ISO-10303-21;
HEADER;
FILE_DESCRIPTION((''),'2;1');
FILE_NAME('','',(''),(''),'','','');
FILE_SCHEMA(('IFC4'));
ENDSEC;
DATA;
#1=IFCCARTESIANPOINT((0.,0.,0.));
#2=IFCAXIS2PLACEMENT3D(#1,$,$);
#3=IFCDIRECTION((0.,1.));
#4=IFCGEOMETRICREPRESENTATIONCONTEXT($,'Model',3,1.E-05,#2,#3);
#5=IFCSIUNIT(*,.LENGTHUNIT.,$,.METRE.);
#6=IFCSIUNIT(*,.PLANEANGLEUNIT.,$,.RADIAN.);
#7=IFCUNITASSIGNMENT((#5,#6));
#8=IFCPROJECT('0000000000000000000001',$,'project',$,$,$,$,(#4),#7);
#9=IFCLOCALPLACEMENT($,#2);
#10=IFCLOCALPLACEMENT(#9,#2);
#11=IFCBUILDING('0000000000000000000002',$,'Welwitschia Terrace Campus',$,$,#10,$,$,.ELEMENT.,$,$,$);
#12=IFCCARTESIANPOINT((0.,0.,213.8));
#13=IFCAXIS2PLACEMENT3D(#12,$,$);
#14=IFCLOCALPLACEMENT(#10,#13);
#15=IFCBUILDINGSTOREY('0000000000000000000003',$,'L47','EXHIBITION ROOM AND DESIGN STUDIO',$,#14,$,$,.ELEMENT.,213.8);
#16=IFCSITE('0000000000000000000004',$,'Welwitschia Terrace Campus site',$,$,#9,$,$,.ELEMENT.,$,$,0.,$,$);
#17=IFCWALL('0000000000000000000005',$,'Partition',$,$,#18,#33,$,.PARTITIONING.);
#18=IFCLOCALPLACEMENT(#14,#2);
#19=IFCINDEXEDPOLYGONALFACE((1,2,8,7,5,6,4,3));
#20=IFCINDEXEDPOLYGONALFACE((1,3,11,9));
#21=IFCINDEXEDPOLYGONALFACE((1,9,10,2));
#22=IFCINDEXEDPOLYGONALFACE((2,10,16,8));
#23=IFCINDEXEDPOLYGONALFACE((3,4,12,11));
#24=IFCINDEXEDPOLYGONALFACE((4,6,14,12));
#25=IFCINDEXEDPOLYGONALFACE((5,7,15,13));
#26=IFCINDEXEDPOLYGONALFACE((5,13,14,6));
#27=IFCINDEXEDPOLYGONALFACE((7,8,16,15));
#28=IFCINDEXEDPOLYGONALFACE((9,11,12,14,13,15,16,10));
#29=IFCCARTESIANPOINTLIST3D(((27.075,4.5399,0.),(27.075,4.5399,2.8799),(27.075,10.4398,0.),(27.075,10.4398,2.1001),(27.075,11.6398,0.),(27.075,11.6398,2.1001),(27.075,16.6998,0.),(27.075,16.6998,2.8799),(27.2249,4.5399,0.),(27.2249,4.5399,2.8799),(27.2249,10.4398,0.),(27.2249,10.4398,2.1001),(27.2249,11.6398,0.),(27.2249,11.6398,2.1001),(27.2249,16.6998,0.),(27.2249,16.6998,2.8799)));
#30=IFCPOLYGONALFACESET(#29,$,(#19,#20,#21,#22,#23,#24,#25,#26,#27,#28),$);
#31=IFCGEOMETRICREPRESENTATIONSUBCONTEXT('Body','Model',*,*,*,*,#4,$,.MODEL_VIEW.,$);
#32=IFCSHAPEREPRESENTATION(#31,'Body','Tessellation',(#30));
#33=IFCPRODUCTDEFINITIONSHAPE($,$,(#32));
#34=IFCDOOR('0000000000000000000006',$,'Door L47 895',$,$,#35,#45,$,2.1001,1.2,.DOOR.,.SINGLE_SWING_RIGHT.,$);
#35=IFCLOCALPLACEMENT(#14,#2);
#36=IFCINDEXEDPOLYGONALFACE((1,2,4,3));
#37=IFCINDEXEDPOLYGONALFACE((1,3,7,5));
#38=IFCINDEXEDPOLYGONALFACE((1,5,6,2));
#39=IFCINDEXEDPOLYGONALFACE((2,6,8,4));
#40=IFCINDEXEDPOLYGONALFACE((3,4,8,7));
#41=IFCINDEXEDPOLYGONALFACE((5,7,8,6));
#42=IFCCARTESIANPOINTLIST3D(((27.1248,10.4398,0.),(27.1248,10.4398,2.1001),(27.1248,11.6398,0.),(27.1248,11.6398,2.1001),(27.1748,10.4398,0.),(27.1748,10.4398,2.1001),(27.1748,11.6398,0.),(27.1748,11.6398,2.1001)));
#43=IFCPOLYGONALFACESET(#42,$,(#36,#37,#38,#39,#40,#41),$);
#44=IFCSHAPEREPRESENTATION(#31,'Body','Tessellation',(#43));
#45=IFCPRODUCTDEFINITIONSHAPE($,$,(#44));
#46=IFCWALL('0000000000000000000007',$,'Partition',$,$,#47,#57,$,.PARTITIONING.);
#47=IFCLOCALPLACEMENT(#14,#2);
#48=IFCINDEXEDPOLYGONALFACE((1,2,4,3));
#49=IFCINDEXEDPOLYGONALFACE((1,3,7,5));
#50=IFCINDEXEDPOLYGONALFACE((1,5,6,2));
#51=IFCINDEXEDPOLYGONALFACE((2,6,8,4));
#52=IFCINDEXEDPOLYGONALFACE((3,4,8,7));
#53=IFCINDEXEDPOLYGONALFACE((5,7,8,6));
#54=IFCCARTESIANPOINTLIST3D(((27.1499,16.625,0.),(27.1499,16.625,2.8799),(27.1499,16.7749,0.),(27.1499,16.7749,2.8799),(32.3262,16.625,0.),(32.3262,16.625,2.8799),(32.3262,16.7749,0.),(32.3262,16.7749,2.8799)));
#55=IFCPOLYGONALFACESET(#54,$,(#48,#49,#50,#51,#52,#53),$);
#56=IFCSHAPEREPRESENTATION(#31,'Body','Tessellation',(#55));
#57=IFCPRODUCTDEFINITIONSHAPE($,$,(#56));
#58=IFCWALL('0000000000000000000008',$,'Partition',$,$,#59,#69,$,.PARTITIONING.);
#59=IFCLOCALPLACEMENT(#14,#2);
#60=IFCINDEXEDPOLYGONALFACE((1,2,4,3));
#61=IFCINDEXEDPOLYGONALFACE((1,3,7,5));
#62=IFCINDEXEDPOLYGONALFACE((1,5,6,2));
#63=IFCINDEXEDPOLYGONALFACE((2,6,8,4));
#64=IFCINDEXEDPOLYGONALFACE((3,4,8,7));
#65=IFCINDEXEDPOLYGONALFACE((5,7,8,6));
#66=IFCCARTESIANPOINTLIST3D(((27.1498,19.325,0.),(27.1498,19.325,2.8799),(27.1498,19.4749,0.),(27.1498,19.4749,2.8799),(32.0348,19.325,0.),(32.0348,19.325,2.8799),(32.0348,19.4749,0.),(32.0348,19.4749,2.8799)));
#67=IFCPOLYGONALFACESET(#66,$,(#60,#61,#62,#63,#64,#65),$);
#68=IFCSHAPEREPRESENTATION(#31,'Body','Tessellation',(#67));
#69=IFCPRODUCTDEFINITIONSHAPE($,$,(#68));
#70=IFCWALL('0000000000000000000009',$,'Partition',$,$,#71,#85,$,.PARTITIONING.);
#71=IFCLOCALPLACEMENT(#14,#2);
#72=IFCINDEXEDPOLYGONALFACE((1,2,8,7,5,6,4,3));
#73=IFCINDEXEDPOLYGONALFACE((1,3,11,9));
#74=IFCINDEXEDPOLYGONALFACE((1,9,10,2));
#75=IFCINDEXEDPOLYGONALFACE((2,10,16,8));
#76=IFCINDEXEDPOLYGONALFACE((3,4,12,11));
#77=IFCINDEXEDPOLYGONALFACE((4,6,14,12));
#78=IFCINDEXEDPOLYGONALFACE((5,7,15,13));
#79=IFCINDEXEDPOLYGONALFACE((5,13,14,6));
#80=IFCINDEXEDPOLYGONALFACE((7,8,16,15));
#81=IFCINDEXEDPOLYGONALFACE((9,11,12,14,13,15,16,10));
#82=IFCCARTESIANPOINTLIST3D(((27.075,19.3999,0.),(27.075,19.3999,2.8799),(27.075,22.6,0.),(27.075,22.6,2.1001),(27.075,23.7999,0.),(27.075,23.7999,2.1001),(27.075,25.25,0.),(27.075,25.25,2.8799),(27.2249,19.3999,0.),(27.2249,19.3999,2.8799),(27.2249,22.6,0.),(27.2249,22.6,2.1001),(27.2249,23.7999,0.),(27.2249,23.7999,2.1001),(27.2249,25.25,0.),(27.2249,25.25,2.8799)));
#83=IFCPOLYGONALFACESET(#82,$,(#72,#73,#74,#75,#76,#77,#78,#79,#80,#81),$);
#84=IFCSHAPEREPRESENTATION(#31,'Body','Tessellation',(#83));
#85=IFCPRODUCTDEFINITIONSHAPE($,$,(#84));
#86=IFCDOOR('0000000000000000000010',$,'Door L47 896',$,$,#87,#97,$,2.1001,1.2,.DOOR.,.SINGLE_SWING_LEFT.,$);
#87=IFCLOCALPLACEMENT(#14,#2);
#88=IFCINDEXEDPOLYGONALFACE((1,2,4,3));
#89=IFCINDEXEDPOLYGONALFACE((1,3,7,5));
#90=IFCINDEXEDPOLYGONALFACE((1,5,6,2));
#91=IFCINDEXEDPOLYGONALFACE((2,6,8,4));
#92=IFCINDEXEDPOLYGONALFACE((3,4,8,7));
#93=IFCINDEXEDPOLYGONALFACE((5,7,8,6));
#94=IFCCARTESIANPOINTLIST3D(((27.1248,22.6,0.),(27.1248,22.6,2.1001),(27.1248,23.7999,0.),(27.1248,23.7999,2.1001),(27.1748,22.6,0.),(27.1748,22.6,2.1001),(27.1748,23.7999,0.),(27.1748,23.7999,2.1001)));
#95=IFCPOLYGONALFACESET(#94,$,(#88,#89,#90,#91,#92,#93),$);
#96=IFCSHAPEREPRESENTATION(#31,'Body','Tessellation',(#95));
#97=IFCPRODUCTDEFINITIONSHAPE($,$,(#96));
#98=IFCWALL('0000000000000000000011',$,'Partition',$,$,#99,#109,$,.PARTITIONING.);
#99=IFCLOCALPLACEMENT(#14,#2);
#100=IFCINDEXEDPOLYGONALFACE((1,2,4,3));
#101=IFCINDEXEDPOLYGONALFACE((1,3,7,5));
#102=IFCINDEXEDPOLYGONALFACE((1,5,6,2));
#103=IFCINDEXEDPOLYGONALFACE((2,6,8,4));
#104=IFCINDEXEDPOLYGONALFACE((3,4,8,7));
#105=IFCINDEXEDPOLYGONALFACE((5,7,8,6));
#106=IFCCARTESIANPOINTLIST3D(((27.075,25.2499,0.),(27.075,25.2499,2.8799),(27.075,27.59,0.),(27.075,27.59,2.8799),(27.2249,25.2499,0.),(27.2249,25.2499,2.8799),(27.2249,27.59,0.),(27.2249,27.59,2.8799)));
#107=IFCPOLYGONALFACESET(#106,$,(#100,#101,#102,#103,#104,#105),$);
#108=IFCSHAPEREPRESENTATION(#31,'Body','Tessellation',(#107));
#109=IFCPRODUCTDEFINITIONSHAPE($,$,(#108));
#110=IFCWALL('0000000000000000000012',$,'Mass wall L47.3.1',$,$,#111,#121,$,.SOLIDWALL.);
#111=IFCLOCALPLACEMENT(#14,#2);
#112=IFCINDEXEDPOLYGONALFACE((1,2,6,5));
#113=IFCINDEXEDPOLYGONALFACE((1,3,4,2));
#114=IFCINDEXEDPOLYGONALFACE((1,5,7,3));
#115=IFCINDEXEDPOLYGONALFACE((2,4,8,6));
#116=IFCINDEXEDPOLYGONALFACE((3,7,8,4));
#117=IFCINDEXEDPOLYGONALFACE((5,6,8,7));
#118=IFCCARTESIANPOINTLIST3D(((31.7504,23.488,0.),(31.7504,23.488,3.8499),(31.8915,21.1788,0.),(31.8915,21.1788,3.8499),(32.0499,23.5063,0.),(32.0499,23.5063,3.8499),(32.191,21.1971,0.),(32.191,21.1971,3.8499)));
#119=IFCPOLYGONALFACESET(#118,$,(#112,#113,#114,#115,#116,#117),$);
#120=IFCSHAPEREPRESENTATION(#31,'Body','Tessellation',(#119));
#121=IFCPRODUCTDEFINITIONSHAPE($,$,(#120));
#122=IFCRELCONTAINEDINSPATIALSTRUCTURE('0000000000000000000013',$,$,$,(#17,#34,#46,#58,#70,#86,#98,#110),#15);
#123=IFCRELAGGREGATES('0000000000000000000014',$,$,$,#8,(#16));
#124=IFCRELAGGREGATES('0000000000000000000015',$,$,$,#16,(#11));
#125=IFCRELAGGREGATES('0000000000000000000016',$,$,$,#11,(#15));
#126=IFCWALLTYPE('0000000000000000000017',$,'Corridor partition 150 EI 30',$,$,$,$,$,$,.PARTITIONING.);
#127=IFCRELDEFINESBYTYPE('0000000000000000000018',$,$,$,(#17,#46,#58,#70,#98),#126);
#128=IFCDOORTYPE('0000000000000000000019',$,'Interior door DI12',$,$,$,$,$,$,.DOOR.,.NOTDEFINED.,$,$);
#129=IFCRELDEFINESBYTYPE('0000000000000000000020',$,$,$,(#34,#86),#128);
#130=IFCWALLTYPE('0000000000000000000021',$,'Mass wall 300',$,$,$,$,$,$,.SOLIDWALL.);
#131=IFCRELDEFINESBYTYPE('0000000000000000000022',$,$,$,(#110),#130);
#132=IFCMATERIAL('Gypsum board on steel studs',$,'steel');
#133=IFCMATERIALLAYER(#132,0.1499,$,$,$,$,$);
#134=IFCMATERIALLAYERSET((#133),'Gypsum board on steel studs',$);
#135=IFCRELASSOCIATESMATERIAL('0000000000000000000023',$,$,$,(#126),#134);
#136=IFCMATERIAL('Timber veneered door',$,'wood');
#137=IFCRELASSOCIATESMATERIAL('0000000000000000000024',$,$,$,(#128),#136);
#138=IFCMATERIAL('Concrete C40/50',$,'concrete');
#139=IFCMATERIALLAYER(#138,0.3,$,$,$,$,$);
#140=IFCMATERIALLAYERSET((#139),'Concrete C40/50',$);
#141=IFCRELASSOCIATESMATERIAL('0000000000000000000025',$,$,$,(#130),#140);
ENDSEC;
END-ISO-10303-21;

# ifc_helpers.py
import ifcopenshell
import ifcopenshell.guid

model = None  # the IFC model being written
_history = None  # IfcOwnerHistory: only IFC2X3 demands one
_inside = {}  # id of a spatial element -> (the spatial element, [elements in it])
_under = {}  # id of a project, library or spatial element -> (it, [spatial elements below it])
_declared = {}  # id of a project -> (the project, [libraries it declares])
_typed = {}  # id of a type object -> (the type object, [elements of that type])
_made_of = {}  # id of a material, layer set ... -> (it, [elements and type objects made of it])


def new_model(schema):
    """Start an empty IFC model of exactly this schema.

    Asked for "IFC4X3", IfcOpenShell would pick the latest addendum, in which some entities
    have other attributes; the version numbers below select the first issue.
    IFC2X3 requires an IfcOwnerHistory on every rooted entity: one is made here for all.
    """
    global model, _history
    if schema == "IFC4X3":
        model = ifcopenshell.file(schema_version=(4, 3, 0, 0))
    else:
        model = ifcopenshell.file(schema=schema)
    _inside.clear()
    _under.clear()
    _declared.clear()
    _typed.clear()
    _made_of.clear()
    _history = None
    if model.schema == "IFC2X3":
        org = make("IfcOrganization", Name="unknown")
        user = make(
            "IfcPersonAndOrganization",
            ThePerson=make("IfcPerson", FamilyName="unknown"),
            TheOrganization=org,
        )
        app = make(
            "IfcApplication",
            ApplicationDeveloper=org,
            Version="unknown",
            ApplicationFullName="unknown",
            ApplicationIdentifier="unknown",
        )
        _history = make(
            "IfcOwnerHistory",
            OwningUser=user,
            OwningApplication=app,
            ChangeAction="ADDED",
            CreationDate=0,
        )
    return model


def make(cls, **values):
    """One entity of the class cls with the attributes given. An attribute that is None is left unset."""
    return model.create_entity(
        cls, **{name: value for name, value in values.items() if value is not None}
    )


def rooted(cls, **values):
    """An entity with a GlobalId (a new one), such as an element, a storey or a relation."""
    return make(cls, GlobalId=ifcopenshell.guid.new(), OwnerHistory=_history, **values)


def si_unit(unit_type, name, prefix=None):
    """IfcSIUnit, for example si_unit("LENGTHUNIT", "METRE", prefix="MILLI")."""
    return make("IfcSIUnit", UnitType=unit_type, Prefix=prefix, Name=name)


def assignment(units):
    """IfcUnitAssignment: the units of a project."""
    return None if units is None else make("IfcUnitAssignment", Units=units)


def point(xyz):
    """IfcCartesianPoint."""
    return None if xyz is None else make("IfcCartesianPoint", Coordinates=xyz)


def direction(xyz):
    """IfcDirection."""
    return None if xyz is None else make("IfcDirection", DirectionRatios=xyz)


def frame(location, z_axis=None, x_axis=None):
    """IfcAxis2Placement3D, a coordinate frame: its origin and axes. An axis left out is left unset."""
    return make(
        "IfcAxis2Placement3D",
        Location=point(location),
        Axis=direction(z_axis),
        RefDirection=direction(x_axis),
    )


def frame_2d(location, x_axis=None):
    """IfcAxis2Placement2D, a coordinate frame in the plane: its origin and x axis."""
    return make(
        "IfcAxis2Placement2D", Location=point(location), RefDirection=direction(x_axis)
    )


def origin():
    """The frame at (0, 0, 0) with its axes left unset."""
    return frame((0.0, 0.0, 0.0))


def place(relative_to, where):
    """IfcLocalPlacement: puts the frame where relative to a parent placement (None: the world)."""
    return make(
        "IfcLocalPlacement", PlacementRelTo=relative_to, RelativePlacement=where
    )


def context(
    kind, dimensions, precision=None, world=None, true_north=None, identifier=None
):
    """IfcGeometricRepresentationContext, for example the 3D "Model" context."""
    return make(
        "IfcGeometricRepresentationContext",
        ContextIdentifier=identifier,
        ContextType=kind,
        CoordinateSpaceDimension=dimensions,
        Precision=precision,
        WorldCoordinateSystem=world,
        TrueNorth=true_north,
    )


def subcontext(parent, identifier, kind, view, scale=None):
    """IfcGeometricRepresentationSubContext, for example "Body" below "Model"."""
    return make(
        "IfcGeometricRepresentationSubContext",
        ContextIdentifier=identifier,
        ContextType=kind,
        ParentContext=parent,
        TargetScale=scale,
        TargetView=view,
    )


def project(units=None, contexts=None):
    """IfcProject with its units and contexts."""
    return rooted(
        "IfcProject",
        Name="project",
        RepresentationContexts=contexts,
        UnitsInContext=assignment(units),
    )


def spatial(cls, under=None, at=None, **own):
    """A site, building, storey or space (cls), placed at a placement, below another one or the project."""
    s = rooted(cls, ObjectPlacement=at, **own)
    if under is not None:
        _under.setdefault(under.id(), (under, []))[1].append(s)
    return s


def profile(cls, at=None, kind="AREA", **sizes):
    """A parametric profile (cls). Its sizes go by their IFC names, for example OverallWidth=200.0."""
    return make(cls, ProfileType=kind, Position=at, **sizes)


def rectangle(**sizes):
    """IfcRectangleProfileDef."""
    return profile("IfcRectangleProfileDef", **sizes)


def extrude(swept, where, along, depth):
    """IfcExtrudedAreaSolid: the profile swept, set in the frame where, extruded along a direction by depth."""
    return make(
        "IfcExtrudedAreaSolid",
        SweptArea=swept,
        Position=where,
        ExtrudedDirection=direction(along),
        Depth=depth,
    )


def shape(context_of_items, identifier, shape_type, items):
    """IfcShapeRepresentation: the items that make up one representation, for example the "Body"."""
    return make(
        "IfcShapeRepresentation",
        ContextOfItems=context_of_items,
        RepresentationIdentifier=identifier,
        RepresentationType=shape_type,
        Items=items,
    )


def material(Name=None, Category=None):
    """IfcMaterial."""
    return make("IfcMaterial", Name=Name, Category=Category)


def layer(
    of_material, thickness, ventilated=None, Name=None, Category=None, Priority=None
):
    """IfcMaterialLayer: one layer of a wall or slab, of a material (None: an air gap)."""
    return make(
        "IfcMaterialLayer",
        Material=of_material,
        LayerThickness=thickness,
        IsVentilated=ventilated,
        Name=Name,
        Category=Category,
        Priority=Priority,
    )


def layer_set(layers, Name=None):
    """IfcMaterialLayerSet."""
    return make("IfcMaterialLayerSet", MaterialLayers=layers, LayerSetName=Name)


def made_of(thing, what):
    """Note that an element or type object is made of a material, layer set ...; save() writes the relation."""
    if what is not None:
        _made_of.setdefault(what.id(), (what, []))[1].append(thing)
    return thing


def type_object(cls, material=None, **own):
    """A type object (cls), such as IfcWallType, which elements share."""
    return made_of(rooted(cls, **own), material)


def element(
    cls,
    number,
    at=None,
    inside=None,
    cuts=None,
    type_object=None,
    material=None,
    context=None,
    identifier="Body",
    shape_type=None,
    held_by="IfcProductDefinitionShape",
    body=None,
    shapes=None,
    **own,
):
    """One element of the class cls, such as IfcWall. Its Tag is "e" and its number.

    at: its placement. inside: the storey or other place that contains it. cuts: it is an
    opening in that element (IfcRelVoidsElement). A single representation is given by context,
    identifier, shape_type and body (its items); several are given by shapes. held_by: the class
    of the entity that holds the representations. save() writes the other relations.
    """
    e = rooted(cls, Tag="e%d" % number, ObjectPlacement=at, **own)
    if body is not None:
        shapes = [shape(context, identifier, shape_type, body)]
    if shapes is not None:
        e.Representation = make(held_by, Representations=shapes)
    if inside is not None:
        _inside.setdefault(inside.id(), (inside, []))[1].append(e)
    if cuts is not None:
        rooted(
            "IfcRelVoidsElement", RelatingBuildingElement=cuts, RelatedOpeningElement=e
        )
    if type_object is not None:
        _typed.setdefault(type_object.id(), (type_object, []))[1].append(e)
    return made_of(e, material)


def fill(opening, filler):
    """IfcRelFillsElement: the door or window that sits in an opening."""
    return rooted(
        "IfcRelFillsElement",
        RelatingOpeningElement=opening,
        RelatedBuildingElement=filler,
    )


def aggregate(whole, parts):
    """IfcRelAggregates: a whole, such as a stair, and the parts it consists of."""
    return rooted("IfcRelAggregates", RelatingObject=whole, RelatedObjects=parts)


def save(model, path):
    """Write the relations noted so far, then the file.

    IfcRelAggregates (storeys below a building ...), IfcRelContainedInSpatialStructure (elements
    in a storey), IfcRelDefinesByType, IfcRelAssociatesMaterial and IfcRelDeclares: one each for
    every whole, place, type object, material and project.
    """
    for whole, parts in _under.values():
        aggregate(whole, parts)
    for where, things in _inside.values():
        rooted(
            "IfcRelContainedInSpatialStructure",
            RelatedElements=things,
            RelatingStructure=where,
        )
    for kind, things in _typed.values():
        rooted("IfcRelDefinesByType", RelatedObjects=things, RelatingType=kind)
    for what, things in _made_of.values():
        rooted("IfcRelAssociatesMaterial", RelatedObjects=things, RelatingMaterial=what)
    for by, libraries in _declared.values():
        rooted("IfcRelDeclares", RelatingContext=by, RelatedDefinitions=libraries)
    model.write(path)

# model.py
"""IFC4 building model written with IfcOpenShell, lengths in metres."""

from ifc_helpers import new_model, si_unit, direction, frame, frame_2d, origin, place, context, subcontext, project, spatial, rectangle, extrude, material, layer, layer_set, type_object, element, fill, save


model = new_model("IFC4")

# Units and contexts
model_context = context("Model", 3, precision=1e-05, world=origin(), true_north=direction((0.0, 1.0)))
body_context = subcontext(model_context, "Body", "Model", "MODEL_VIEW")
ifc_project = project(units=[si_unit("LENGTHUNIT", "METRE"), si_unit("PLANEANGLEUNIT", "RADIAN")], contexts=[model_context])

# Site, building, storey
site_placement = place(None, origin())
site = spatial("IfcSite", under=ifc_project, at=site_placement, Name="Welwitschia Terrace Campus site", CompositionType="ELEMENT", RefElevation=0.0)
building_placement = place(site_placement, origin())
building = spatial("IfcBuilding", under=site, at=building_placement, Name="Welwitschia Terrace Campus", CompositionType="ELEMENT")
storey_placement = place(building_placement, frame((0.0, 0.0, 213.8)))
storey = spatial("IfcBuildingStorey", under=building, at=storey_placement, Name="L47", Description="EXHIBITION ROOM AND DESIGN STUDIO", CompositionType="ELEMENT", Elevation=213.8)

# Wall, opening, door
ifc_material_1 = material(Name="Gypsum board on steel studs", Category="steel")
ifc_layer_1 = layer(ifc_material_1, 0.1499)
ifc_layer_set_1 = layer_set([ifc_layer_1], Name="Gypsum board on steel studs")
wall_type_1 = type_object("IfcWallType", Name="Corridor partition 150 EI 30", PredefinedType="PARTITIONING", material=ifc_layer_set_1)
wall_1_placement = place(storey_placement, frame((27.1499, 16.7, 0.0), z_axis=(0.0, 0.0, 1.0), x_axis=(0.0, -1.0, 0.0)))
wall_1 = element("IfcWall", 1, at=wall_1_placement, inside=storey, type_object=wall_type_1, Name="Partition", PredefinedType="PARTITIONING", context=body_context, shape_type="SweptSolid", body=[
    extrude(rectangle(XDim=12.1599, YDim=0.1499, at=frame_2d((6.0801, 0.0))), origin(), (0.0, 0.0, 1.0), 2.8799),
])
opening_1_placement = place(wall_1_placement, frame((5.0601, 0.0, 0.0)))
opening_1 = element("IfcOpeningElement", 2, at=opening_1_placement, cuts=wall_1, PredefinedType="OPENING", context=body_context, shape_type="SweptSolid", body=[
    extrude(rectangle(XDim=1.2, YDim=2.1001, at=frame_2d((0.6001, 1.05))), frame((0.0, 0.085, 0.0), z_axis=(0.0, -1.0, 0.0), x_axis=(1.0, 0.0, 0.0)), (0.0, 0.0, 1.0), 0.1699),
])
ifc_material_2 = material(Name="Timber veneered door", Category="wood")
door_type = type_object("IfcDoorType", Name="Interior door DI12", OperationType="NOTDEFINED", PredefinedType="DOOR", material=ifc_material_2)
door_1_placement = place(opening_1_placement, origin())
door_1 = element("IfcDoor", 3, at=door_1_placement, inside=storey, type_object=door_type, Name="Door L47 895", OperationType="SINGLE_SWING_RIGHT", OverallHeight=2.1001, OverallWidth=1.2, PredefinedType="DOOR", context=body_context, shape_type="SweptSolid", body=[
    extrude(rectangle(XDim=1.2, YDim=2.1001, at=frame_2d((0.6001, 1.05))), frame((0.0, 0.0249, 0.0), z_axis=(0.0, -1.0, 0.0), x_axis=(1.0, 0.0, 0.0)), (0.0, 0.0, 1.0), 0.05),
])
fill(opening_1, door_1)

# Walls
wall_2_placement = place(storey_placement, frame((27.1499, 16.7, 0.0), z_axis=(0.0, 0.0, 1.0), x_axis=(1.0, 0.0, 0.0)))
element("IfcWall", 4, at=wall_2_placement, inside=storey, type_object=wall_type_1, Name="Partition", PredefinedType="PARTITIONING", context=body_context, shape_type="SweptSolid", body=[
    extrude(rectangle(XDim=5.1763, YDim=0.1499, at=frame_2d((2.5881, 0.0))), origin(), (0.0, 0.0, 1.0), 2.8799),
])
wall_3_placement = place(storey_placement, frame((27.1499, 19.3999, 0.0), z_axis=(0.0, 0.0, 1.0), x_axis=(1.0, 0.0, 0.0)))
element("IfcWall", 5, at=wall_3_placement, inside=storey, type_object=wall_type_1, Name="Partition", PredefinedType="PARTITIONING", context=body_context, shape_type="SweptSolid", body=[
    extrude(rectangle(XDim=4.885, YDim=0.1499, at=frame_2d((2.4424, 0.0))), origin(), (0.0, 0.0, 1.0), 2.8799),
])

# Wall, opening, door
wall_4_placement = place(storey_placement, frame((27.1499, 25.25, 0.0), z_axis=(0.0, 0.0, 1.0), x_axis=(0.0, -1.0, 0.0)))
wall_4 = element("IfcWall", 6, at=wall_4_placement, inside=storey, type_object=wall_type_1, Name="Partition", PredefinedType="PARTITIONING", context=body_context, shape_type="SweptSolid", body=[
    extrude(rectangle(XDim=5.8501, YDim=0.1499, at=frame_2d((2.925, 0.0))), origin(), (0.0, 0.0, 1.0), 2.8799),
])
opening_2_placement = place(wall_4_placement, frame((1.45, 0.0, 0.0)))
opening_2 = element("IfcOpeningElement", 7, at=opening_2_placement, cuts=wall_4, PredefinedType="OPENING", context=body_context, shape_type="SweptSolid", body=[
    extrude(rectangle(XDim=1.2, YDim=2.1001, at=frame_2d((0.6001, 1.05))), frame((0.0, 0.085, 0.0), z_axis=(0.0, -1.0, 0.0), x_axis=(1.0, 0.0, 0.0)), (0.0, 0.0, 1.0), 0.1699),
])
door_2_placement = place(opening_2_placement, origin())
door_2 = element("IfcDoor", 8, at=door_2_placement, inside=storey, type_object=door_type, Name="Door L47 896", OperationType="SINGLE_SWING_LEFT", OverallHeight=2.1001, OverallWidth=1.2, PredefinedType="DOOR", context=body_context, shape_type="SweptSolid", body=[
    extrude(rectangle(XDim=1.2, YDim=2.1001, at=frame_2d((0.6001, 1.05))), frame((0.0, 0.0249, 0.0), z_axis=(0.0, -1.0, 0.0), x_axis=(1.0, 0.0, 0.0)), (0.0, 0.0, 1.0), 0.05),
])
fill(opening_2, door_2)

# Walls
wall_5_placement = place(storey_placement, frame((27.1499, 25.25, 0.0), z_axis=(0.0, 0.0, 1.0), x_axis=(0.0, 1.0, 0.0)))
element("IfcWall", 9, at=wall_5_placement, inside=storey, type_object=wall_type_1, Name="Partition", PredefinedType="PARTITIONING", context=body_context, shape_type="SweptSolid", body=[
    extrude(rectangle(XDim=2.3401, YDim=0.1499, at=frame_2d((1.1699, 0.0))), origin(), (0.0, 0.0, 1.0), 2.8799),
])
ifc_material_3 = material(Name="Concrete C40/50", Category="concrete")
ifc_layer_2 = layer(ifc_material_3, 0.3)
ifc_layer_set_2 = layer_set([ifc_layer_2], Name="Concrete C40/50")
wall_type_2 = type_object("IfcWallType", Name="Mass wall 300", PredefinedType="SOLIDWALL", material=ifc_layer_set_2)
wall_6_placement = place(storey_placement, frame((32.0413, 21.188, 0.0), z_axis=(0.0, 0.0, 1.0), x_axis=(-0.060998, 0.998138, 0.0)))
element("IfcWall", 10, at=wall_6_placement, inside=storey, type_object=wall_type_2, Name="Mass wall L47.3.1", PredefinedType="SOLIDWALL", context=body_context, shape_type="SweptSolid", body=[
    extrude(rectangle(XDim=2.3135, YDim=0.3, at=frame_2d((1.1567, 0.0))), origin(), (0.0, 0.0, 1.0), 3.8499),
])

save(model, "model.ifc")
